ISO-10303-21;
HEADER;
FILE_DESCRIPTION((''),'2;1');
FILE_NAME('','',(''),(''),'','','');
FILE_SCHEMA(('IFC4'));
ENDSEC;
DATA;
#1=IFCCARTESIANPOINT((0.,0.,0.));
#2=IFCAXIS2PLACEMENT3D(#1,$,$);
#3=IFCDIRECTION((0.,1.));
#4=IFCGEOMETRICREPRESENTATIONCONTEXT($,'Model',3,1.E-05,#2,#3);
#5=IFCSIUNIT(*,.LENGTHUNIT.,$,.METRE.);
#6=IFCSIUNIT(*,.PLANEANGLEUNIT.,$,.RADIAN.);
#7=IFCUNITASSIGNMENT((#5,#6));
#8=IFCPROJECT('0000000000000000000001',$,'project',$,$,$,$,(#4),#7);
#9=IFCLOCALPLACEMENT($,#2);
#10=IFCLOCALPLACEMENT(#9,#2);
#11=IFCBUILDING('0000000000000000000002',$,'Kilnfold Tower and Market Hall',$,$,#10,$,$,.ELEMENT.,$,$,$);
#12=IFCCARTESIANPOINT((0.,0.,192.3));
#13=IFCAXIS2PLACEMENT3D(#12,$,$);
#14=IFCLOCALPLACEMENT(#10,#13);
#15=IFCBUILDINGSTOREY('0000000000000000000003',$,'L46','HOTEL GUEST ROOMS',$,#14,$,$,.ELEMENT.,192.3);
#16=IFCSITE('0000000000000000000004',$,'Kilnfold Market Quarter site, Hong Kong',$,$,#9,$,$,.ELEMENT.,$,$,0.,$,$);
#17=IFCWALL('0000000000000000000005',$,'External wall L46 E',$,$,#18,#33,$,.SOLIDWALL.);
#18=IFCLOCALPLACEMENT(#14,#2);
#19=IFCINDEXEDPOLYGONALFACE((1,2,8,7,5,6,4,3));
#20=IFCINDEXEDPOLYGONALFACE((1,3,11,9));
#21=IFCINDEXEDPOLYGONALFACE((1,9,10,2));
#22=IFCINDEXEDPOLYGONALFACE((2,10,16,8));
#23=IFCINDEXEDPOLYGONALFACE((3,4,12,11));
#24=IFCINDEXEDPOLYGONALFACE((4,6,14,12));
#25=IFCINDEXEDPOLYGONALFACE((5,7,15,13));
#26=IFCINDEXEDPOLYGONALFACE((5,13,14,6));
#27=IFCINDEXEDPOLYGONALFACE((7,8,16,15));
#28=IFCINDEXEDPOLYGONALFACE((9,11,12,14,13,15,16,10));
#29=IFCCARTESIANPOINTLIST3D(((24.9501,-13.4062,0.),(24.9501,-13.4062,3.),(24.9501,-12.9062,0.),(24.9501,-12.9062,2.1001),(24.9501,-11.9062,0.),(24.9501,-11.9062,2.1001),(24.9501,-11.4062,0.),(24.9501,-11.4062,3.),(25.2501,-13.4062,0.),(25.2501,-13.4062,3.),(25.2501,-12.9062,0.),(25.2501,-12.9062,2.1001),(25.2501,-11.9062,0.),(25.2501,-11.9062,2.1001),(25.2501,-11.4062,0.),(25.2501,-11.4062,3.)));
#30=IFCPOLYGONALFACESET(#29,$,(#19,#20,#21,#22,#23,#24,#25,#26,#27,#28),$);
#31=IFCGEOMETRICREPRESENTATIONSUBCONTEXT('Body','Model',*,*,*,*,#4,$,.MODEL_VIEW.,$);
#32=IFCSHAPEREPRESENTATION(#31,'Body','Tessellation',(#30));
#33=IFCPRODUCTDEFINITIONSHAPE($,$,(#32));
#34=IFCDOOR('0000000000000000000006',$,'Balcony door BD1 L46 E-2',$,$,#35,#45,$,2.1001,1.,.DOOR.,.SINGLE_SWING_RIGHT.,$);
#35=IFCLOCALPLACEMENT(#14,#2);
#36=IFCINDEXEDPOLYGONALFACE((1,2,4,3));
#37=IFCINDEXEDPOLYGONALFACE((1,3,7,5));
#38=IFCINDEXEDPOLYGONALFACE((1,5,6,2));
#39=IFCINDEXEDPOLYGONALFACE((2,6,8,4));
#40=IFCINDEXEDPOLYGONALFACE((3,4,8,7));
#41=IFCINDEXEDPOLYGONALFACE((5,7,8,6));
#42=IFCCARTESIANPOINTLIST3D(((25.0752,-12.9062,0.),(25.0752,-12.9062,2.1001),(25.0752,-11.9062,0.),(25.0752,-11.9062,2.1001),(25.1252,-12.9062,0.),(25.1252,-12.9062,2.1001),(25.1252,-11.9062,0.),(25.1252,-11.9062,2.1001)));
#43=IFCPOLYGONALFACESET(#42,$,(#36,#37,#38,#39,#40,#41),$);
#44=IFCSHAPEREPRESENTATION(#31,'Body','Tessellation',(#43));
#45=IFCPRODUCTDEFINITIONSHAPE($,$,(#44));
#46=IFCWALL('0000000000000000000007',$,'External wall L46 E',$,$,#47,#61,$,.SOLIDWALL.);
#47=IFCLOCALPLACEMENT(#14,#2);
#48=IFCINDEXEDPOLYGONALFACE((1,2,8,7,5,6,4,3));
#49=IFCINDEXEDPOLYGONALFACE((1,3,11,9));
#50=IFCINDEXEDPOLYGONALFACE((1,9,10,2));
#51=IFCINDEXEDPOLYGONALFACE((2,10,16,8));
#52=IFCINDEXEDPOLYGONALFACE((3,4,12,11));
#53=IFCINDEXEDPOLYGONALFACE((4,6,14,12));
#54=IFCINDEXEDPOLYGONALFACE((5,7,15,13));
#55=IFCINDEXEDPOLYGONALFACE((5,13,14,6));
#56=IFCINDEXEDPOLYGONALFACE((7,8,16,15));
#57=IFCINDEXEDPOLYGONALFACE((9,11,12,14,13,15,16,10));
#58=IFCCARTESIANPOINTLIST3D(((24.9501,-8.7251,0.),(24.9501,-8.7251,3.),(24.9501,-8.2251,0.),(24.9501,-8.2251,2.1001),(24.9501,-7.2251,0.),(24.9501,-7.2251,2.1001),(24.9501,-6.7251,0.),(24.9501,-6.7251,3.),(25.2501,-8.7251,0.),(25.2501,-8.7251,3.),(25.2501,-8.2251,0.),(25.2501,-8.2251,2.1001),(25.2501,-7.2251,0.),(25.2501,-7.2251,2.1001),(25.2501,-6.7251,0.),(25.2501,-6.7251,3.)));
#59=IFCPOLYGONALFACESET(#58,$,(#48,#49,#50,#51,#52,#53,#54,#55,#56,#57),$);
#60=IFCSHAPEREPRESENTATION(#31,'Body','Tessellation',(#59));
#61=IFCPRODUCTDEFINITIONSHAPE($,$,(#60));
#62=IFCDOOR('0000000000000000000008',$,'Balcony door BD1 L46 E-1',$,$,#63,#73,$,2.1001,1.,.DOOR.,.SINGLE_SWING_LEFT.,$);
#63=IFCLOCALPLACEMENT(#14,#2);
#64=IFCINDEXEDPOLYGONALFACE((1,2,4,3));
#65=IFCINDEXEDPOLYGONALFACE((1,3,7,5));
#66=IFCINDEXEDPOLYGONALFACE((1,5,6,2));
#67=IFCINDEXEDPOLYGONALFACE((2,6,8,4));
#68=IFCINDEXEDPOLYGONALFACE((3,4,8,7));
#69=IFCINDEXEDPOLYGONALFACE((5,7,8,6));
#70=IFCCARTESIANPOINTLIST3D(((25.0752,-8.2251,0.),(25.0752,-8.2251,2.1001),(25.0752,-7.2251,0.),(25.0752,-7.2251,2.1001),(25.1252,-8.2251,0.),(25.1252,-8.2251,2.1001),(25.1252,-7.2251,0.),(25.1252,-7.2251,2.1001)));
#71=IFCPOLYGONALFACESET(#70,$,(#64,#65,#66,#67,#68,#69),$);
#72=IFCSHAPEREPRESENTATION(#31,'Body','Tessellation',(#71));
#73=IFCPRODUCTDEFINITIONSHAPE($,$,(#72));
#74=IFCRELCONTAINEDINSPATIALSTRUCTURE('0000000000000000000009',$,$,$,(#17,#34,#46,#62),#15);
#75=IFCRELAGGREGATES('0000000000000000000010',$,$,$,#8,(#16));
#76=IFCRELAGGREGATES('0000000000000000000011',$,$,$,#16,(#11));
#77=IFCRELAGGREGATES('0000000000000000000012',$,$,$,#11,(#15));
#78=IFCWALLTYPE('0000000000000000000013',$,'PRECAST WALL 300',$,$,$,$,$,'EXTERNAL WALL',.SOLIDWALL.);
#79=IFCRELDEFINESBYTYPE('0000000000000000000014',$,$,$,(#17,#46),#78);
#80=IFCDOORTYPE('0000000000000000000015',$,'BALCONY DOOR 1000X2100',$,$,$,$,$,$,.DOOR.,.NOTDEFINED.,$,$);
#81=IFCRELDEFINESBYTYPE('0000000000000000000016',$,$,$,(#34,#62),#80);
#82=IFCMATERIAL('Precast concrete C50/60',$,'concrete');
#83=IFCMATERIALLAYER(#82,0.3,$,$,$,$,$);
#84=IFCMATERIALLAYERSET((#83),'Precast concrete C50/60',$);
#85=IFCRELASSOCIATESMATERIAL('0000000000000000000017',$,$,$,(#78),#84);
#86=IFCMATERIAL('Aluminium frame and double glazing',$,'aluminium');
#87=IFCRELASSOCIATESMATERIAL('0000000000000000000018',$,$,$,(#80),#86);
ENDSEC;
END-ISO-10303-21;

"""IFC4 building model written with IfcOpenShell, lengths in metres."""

from ifc_helpers import new_model, si_unit, direction, frame, frame_2d, origin, place, context, subcontext, project, spatial, rectangle, extrude, source, transform, mapped, material, layer, layer_set, type_object, element, fill, save


model = new_model("IFC4")

# Units and contexts
model_context = context("Model", 3, precision=1e-05, world=origin(), true_north=direction((0.0, 1.0)))
body_context = subcontext(model_context, "Body", "Model", "MODEL_VIEW")
ifc_project = project(units=[si_unit("LENGTHUNIT", "METRE"), si_unit("PLANEANGLEUNIT", "RADIAN")], contexts=[model_context])

# Site, building, storey
site_placement = place(None, origin())
site = spatial("IfcSite", under=ifc_project, at=site_placement, Name="Kilnfold Market Quarter site, Hong Kong", CompositionType="ELEMENT", RefElevation=0.0)
building_placement = place(site_placement, origin())
building = spatial("IfcBuilding", under=site, at=building_placement, Name="Kilnfold Tower and Market Hall", CompositionType="ELEMENT")
storey_placement = place(building_placement, frame((0.0, 0.0, 192.3)))
storey = spatial("IfcBuildingStorey", under=building, at=storey_placement, Name="L46", Description="HOTEL GUEST ROOMS", CompositionType="ELEMENT", Elevation=192.3)

# Walls, openings, doors
ifc_material_1 = material(Name="Precast concrete C50/60", Category="concrete")
ifc_layer_1 = layer(ifc_material_1, 0.3)
ifc_layer_set_1 = layer_set([ifc_layer_1], Name="Precast concrete C50/60")
wall_type_1 = type_object("IfcWallType", Name="PRECAST WALL 300", ElementType="EXTERNAL WALL", PredefinedType="SOLIDWALL", material=ifc_layer_set_1)
shared_shape_1 = source(origin(), body_context, "Body", "SweptSolid", [
    extrude(rectangle(XDim=2.0, YDim=0.3, at=frame_2d((1.0, 0.0))), origin(), (0.0, 0.0, 1.0), 3.0),
])
wall_1_placement = place(storey_placement, frame((25.1001, -13.4062, 0.0), z_axis=(0.0, 0.0, 1.0), x_axis=(0.0, 1.0, 0.0)))
wall_1 = element("IfcWall", 1, at=wall_1_placement, inside=storey, type_object=wall_type_1, Name="External wall L46 E", PredefinedType="SOLIDWALL", context=body_context, shape_type="MappedRepresentation", body=[
    mapped(shared_shape_1, transform((0.0, 0.0, 0.0))),
])
opening_1_placement = place(wall_1_placement, frame((0.5, 0.0, 0.0)))
opening_1 = element("IfcOpeningElement", 2, at=opening_1_placement, cuts=wall_1, PredefinedType="OPENING", context=body_context, shape_type="SweptSolid", body=[
    extrude(rectangle(XDim=1.0, YDim=2.1001, at=frame_2d((0.5, 1.05))), frame((0.0, 0.1602, 0.0), z_axis=(0.0, -1.0, 0.0), x_axis=(1.0, 0.0, 0.0)), (0.0, 0.0, 1.0), 0.3201),
])
ifc_material_2 = material(Name="Aluminium frame and double glazing", Category="aluminium")
door_type_1 = type_object("IfcDoorType", Name="BALCONY DOOR 1000X2100", OperationType="NOTDEFINED", PredefinedType="DOOR", material=ifc_material_2)
door_1_placement = place(opening_1_placement, origin())
door_1 = element("IfcDoor", 3, at=door_1_placement, inside=storey, type_object=door_type_1, Name="Balcony door BD1 L46 E-2", OperationType="SINGLE_SWING_RIGHT", OverallHeight=2.1001, OverallWidth=1.0, PredefinedType="DOOR", context=body_context, shape_type="SweptSolid", body=[
    extrude(rectangle(XDim=1.0, YDim=2.1001, at=frame_2d((0.5, 1.05))), frame((0.0, 0.0249, 0.0), z_axis=(0.0, -1.0, 0.0), x_axis=(1.0, 0.0, 0.0)), (0.0, 0.0, 1.0), 0.05),
])
fill(opening_1, door_1)
wall_2_placement = place(storey_placement, frame((25.1001, -8.7251, 0.0), z_axis=(0.0, 0.0, 1.0), x_axis=(0.0, 1.0, 0.0)))
wall_2 = element("IfcWall", 4, at=wall_2_placement, inside=storey, type_object=wall_type_1, Name="External wall L46 E", PredefinedType="SOLIDWALL", context=body_context, shape_type="MappedRepresentation", body=[
    mapped(shared_shape_1, transform((0.0, 0.0, 0.0))),
])
opening_2_placement = place(wall_2_placement, frame((0.5, 0.0, 0.0)))
opening_2 = element("IfcOpeningElement", 5, at=opening_2_placement, cuts=wall_2, PredefinedType="OPENING", context=body_context, shape_type="SweptSolid", body=[
    extrude(rectangle(XDim=1.0, YDim=2.1001, at=frame_2d((0.5, 1.05))), frame((0.0, 0.1602, 0.0), z_axis=(0.0, -1.0, 0.0), x_axis=(1.0, 0.0, 0.0)), (0.0, 0.0, 1.0), 0.3201),
])
door_2_placement = place(opening_2_placement, origin())
door_2 = element("IfcDoor", 6, at=door_2_placement, inside=storey, type_object=door_type_1, Name="Balcony door BD1 L46 E-1", OperationType="SINGLE_SWING_LEFT", OverallHeight=2.1001, OverallWidth=1.0, PredefinedType="DOOR", context=body_context, shape_type="SweptSolid", body=[
    extrude(rectangle(XDim=1.0, YDim=2.1001, at=frame_2d((0.5, 1.05))), frame((0.0, 0.0249, 0.0), z_axis=(0.0, -1.0, 0.0), x_axis=(1.0, 0.0, 0.0)), (0.0, 0.0, 1.0), 0.05),
])
fill(opening_2, door_2)

save(model, "model.ifc")
